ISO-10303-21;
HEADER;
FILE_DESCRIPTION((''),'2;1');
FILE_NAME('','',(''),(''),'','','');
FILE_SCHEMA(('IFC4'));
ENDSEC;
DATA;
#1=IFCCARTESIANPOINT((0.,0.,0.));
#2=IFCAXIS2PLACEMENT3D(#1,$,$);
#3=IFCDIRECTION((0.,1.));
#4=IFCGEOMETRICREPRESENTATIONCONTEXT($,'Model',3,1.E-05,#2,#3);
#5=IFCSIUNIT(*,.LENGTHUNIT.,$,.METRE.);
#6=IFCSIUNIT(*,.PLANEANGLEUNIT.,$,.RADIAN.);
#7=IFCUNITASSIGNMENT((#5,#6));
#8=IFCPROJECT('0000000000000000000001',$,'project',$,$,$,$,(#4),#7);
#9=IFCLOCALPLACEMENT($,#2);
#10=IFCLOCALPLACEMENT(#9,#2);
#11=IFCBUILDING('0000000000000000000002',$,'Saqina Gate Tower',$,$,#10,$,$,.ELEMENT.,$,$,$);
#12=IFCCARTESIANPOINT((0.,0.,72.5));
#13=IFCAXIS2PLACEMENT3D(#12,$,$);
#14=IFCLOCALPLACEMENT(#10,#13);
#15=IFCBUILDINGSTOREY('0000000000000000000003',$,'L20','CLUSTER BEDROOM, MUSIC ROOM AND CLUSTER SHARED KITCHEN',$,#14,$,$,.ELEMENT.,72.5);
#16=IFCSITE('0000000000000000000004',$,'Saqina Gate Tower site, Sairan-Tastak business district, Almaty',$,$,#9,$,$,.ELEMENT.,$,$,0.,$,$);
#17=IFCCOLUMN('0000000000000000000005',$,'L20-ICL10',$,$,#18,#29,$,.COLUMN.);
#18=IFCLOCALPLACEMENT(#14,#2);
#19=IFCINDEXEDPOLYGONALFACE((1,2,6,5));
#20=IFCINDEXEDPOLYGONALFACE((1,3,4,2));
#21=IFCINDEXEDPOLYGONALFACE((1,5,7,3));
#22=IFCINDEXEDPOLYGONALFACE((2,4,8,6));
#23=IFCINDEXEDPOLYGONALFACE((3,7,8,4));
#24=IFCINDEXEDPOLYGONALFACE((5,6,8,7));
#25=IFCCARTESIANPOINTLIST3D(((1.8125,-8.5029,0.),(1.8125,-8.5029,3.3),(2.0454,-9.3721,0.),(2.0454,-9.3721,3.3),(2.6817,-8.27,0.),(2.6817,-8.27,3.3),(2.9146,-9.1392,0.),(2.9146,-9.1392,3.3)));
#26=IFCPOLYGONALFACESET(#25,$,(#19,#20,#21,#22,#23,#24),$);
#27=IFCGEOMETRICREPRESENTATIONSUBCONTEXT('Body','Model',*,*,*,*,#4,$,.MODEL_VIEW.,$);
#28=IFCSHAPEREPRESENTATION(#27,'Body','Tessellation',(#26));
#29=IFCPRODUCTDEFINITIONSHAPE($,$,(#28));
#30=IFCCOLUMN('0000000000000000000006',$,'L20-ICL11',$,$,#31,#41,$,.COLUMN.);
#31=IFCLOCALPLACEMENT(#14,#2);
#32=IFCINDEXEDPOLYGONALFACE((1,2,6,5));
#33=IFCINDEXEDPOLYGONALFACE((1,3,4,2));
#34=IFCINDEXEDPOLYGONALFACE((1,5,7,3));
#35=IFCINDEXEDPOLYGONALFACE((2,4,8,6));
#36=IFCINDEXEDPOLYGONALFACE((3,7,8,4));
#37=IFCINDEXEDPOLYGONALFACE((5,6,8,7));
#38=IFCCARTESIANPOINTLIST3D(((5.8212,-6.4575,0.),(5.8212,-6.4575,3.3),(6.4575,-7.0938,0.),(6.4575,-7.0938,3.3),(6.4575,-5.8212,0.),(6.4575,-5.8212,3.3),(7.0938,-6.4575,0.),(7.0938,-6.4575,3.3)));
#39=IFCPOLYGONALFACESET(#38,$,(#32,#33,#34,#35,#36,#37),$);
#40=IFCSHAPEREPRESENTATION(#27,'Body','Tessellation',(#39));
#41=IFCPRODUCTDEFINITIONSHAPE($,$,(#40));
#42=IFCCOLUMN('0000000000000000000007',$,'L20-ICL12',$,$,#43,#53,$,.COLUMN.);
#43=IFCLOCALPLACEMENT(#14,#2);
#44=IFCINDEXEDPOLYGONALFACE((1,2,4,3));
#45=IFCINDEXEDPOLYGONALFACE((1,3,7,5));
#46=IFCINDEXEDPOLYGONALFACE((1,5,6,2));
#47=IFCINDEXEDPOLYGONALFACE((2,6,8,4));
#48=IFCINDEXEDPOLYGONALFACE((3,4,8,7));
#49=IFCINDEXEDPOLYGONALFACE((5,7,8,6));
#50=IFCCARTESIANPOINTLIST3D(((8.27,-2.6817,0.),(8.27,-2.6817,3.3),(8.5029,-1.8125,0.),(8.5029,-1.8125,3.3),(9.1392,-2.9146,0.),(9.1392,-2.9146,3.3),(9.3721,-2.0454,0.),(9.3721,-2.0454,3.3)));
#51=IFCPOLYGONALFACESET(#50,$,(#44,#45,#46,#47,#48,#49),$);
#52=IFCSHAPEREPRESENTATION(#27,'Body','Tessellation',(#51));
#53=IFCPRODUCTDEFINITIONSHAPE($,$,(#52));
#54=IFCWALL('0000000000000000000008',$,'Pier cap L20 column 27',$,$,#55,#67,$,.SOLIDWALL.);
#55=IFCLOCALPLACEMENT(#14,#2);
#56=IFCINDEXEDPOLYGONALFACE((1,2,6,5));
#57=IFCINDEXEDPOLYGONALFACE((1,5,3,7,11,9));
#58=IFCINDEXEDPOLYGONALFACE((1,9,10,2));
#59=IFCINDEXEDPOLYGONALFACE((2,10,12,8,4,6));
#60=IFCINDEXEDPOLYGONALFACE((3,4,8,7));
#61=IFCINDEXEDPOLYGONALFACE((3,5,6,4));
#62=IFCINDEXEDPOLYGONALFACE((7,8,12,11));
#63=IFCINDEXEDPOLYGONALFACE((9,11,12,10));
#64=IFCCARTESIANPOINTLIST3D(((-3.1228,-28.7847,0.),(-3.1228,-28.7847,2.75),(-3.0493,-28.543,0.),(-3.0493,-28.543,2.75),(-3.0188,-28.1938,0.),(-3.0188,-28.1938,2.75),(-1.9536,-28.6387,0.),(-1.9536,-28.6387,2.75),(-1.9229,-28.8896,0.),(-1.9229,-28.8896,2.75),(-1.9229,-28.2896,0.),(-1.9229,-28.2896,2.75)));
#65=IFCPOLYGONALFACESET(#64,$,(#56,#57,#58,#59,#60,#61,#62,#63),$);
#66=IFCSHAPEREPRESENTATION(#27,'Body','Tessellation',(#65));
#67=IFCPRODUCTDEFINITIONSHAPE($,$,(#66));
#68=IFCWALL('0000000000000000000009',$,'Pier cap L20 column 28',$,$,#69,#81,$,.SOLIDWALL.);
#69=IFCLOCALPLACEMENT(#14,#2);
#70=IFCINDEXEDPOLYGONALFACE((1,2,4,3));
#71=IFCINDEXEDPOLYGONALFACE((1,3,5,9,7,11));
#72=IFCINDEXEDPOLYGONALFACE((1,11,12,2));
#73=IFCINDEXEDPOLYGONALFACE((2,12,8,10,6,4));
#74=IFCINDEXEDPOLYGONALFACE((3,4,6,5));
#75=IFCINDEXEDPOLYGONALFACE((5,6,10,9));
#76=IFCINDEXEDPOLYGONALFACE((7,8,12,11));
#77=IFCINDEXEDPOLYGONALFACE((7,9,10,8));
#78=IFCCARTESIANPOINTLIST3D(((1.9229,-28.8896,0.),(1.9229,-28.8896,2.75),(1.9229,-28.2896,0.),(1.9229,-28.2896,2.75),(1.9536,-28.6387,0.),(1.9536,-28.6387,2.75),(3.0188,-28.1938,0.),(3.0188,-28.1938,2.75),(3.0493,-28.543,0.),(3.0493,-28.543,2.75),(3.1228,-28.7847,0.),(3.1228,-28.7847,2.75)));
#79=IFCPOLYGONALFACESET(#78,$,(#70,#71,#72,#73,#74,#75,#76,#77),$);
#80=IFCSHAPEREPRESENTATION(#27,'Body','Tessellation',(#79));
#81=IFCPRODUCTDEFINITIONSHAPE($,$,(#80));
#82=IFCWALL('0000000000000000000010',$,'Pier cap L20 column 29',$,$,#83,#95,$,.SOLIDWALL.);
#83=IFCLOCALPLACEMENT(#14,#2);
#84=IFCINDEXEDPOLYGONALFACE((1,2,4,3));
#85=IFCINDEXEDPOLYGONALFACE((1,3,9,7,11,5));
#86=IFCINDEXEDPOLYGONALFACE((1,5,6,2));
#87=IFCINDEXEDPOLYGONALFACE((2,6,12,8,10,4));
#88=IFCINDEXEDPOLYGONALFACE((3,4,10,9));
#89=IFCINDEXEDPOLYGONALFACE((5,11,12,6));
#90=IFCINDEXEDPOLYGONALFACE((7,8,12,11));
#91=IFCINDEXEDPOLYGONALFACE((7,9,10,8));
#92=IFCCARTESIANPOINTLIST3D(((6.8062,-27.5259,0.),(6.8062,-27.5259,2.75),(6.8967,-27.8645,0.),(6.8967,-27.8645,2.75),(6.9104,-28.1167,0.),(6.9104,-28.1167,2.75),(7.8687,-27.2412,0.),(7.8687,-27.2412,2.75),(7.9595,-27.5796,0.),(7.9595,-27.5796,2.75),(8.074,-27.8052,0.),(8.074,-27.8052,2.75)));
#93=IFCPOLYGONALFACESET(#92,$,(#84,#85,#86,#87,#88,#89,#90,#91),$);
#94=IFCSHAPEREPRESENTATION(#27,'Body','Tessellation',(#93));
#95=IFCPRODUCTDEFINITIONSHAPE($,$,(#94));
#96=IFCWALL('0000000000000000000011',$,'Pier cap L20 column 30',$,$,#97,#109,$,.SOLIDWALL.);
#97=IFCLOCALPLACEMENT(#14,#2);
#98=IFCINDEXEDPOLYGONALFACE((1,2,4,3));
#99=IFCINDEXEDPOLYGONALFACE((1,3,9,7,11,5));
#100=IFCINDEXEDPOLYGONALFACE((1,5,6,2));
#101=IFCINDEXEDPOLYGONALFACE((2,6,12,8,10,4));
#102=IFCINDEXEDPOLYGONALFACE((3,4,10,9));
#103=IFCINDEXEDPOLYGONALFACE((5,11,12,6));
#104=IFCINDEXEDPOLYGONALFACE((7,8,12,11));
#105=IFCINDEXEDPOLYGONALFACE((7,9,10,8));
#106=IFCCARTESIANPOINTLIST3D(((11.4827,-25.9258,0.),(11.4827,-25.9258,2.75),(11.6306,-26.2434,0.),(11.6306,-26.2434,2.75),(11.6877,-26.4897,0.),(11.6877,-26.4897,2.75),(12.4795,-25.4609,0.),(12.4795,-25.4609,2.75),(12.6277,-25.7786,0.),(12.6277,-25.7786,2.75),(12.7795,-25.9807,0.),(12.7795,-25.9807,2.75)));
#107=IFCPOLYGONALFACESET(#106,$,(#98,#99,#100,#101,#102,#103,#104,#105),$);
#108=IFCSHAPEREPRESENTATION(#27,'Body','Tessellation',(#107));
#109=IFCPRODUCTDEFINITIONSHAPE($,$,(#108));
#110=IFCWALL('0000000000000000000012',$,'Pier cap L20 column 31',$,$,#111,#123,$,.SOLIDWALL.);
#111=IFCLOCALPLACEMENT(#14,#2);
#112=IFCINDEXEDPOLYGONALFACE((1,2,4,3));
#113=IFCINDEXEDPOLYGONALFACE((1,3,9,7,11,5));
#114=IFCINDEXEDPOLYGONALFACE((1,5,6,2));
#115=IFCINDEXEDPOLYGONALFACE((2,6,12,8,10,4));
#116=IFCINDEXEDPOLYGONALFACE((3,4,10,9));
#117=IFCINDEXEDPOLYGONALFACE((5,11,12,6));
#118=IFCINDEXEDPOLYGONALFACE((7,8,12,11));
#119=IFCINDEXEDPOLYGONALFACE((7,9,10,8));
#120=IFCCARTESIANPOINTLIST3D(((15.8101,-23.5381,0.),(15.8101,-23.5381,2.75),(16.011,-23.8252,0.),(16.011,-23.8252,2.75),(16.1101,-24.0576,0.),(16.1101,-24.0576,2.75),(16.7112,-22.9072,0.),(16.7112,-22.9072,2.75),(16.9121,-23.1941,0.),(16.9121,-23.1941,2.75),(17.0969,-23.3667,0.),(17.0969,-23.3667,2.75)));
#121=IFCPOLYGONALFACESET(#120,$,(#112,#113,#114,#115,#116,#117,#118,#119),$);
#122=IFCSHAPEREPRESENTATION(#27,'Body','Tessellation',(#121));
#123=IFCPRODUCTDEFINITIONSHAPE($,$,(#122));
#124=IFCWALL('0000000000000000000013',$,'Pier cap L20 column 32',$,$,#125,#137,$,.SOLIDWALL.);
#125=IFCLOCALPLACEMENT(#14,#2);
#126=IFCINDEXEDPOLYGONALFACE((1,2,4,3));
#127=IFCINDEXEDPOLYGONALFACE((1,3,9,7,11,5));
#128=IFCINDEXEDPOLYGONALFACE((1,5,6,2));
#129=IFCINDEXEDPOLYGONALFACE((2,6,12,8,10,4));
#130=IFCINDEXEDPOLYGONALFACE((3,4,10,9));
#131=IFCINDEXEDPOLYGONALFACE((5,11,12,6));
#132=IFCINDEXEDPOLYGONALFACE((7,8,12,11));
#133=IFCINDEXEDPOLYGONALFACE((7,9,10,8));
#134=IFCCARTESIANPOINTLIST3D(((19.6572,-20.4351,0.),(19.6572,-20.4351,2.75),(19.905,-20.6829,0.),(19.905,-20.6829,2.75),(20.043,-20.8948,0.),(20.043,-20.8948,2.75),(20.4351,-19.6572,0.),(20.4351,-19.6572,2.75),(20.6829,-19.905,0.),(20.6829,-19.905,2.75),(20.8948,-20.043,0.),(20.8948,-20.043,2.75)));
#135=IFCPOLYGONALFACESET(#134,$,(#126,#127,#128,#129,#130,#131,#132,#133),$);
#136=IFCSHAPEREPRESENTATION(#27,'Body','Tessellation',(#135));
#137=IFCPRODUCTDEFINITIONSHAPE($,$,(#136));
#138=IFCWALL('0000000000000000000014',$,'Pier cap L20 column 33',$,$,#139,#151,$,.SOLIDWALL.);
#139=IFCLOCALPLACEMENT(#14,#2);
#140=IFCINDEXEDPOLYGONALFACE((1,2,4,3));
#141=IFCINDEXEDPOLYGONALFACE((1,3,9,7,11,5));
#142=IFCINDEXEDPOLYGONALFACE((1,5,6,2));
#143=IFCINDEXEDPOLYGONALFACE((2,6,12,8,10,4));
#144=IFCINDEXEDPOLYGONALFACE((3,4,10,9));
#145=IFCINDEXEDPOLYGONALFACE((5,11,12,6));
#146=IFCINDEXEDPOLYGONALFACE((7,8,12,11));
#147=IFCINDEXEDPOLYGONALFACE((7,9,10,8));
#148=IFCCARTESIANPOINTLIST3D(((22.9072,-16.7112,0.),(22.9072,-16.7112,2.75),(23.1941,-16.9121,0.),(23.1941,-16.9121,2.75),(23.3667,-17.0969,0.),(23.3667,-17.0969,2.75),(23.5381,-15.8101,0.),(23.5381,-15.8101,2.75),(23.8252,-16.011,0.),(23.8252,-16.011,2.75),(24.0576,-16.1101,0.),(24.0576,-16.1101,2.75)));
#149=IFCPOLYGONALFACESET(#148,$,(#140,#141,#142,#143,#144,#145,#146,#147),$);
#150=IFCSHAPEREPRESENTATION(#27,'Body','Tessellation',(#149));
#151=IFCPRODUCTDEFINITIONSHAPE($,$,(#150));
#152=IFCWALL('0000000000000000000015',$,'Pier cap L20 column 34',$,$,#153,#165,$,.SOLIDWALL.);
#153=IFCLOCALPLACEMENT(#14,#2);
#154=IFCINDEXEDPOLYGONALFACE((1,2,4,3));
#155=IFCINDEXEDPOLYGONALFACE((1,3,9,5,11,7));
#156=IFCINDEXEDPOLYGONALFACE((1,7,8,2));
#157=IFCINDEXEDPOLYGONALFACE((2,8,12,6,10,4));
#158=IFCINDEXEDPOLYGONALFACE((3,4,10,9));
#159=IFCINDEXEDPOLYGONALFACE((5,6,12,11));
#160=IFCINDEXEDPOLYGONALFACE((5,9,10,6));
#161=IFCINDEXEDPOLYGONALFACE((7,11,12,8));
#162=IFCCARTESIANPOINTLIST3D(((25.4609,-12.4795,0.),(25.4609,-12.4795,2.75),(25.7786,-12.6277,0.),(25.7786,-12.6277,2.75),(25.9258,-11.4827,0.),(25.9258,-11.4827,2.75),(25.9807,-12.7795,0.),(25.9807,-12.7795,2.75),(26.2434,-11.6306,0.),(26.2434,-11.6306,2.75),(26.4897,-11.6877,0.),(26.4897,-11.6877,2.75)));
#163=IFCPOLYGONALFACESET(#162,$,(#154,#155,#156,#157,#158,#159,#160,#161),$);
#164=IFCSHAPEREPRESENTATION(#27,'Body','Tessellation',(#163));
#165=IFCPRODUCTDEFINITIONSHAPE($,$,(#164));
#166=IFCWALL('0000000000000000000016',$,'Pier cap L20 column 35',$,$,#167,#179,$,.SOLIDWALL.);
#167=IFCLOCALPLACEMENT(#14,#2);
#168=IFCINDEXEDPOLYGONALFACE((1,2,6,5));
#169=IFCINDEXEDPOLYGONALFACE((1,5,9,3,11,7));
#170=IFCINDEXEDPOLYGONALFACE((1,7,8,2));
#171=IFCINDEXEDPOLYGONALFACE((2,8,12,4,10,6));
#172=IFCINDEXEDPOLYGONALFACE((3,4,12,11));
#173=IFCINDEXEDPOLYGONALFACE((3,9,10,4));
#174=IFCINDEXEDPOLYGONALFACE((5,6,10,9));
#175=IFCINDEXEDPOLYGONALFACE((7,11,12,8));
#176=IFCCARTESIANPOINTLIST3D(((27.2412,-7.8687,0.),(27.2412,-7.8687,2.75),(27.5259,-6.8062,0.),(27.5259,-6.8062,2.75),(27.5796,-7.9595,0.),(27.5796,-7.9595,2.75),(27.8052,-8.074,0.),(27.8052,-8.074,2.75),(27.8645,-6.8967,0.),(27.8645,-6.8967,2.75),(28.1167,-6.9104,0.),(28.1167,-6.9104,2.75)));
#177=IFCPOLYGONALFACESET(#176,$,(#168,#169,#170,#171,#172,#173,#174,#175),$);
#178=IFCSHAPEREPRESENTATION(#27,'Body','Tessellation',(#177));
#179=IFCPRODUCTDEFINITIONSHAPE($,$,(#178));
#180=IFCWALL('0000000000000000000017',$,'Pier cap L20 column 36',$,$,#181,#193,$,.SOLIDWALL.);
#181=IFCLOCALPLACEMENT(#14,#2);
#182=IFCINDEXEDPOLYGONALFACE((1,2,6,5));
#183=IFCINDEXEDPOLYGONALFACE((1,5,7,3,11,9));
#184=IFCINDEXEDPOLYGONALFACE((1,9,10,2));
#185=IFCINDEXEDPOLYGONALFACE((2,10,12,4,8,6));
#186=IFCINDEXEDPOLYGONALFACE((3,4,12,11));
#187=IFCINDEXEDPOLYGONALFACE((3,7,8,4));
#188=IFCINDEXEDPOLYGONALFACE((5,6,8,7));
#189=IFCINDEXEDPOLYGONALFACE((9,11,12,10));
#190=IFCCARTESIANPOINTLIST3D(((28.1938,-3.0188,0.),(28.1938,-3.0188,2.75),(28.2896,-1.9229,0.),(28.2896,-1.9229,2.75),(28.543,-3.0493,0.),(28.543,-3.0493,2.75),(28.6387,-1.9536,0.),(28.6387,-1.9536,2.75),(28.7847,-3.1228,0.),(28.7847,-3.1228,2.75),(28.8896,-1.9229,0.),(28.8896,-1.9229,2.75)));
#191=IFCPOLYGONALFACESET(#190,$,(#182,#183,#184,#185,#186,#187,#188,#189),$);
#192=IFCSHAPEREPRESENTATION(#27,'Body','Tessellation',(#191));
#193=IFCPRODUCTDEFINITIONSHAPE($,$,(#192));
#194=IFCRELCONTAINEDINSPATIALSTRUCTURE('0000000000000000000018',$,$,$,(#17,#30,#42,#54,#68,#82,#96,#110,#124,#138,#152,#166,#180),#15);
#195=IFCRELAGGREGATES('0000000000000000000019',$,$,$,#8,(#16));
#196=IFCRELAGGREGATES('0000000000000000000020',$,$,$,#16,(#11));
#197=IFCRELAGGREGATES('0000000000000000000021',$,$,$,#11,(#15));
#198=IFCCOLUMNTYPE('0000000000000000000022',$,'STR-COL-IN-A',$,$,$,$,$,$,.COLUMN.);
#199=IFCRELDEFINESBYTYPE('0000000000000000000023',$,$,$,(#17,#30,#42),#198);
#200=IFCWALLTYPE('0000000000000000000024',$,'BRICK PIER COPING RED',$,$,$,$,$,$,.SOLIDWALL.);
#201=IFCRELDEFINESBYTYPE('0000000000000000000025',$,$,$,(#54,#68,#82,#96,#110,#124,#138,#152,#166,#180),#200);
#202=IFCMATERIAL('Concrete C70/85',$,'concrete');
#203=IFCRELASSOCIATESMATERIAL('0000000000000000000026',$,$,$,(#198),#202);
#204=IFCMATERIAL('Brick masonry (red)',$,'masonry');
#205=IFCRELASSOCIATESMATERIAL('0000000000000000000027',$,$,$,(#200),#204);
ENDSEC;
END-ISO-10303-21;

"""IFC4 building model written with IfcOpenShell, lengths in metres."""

from ifc_helpers import new_model, si_unit, direction, frame, origin, origin_2d, place, context, subcontext, project, spatial, polyline, rectangle, outline, extrude, material, material_profile, profile_set, type_object, element, save


model = new_model("IFC4")

# Units and contexts
model_context = context("Model", 3, precision=1e-05, world=origin(), true_north=direction((0.0, 1.0)))
body_context = subcontext(model_context, "Body", "Model", "MODEL_VIEW")
ifc_project = project(units=[si_unit("LENGTHUNIT", "METRE"), si_unit("PLANEANGLEUNIT", "RADIAN")], contexts=[model_context])

# Site, building, storey
site_placement = place(None, origin())
site = spatial("IfcSite", under=ifc_project, at=site_placement, Name="Saqina Gate Tower site, Sairan-Tastak business district, Almaty", CompositionType="ELEMENT", RefElevation=0.0)
building_placement = place(site_placement, origin())
building = spatial("IfcBuilding", under=site, at=building_placement, Name="Saqina Gate Tower", CompositionType="ELEMENT")
storey_placement = place(building_placement, frame((0.0, 0.0, 72.5)))
storey = spatial("IfcBuildingStorey", under=building, at=storey_placement, Name="L20", Description="CLUSTER BEDROOM, MUSIC ROOM AND CLUSTER SHARED KITCHEN", CompositionType="ELEMENT", Elevation=72.5)

# Columns
ifc_material_1 = material(Name="Concrete C70/85", Category="concrete")
ifc_material_profile = material_profile(ifc_material_1, rectangle(XDim=0.8999, YDim=0.8999, at=origin_2d()), Name="RC 900x900")
ifc_profile_set = profile_set([ifc_material_profile], Name="Concrete C70/85")
column_type = type_object("IfcColumnType", Name="STR-COL-IN-A", PredefinedType="COLUMN", material=ifc_profile_set)
for number, where, z_axis, x_axis, name in (
    (1, (2.3635, -8.821, 0.0), (0.0, 0.0, 1.0), (0.258819, -0.965926, 0.0), "L20-ICL10"),
    (2, (6.4575, -6.4575, 0.0), (0.0, 0.0, 1.0), (0.707107, -0.707107, 0.0), "L20-ICL11"),
    (3, (8.821, -2.3635, 0.0), (0.0, 0.0, 1.0), (0.965926, -0.258819, 0.0), "L20-ICL12"),
):
    element("IfcColumn", number, at=place(storey_placement, frame(where, z_axis=z_axis, x_axis=x_axis)), inside=storey, type_object=column_type, Name=name, PredefinedType="COLUMN", context=body_context, shape_type="SweptSolid", body=[
        extrude(rectangle(XDim=0.8999, YDim=0.8999, at=origin_2d()), origin(), (0.0, 0.0, 1.0), 3.3),
    ])

# Walls
ifc_material_2 = material(Name="Brick masonry (red)", Category="masonry")
wall_type_1 = type_object("IfcWallType", Name="BRICK PIER COPING RED", PredefinedType="SOLIDWALL", material=ifc_material_2)
wall_1_placement = place(storey_placement, origin())
element("IfcWall", 4, at=wall_1_placement, inside=storey, type_object=wall_type_1, Name="Pier cap L20 column 27", PredefinedType="SOLIDWALL", context=body_context, shape_type="SweptSolid", body=[
    extrude(outline(polyline([(-3.1228, -28.7847), (-1.9229, -28.8896), (-1.9229, -28.2896), (-1.9536, -28.6387), (-3.0493, -28.543), (-3.0188, -28.1938), (-3.1228, -28.7847)])), origin(), (0.0, 0.0, 1.0), 2.75),
])
wall_2_placement = place(storey_placement, origin())
element("IfcWall", 5, at=wall_2_placement, inside=storey, type_object=wall_type_1, Name="Pier cap L20 column 28", PredefinedType="SOLIDWALL", context=body_context, shape_type="SweptSolid", body=[
    extrude(outline(polyline([(1.9229, -28.8896), (3.1228, -28.7847), (3.0188, -28.1938), (3.0493, -28.543), (1.9536, -28.6387), (1.9229, -28.2896), (1.9229, -28.8896)])), origin(), (0.0, 0.0, 1.0), 2.75),
])
wall_3_placement = place(storey_placement, origin())
element("IfcWall", 6, at=wall_3_placement, inside=storey, type_object=wall_type_1, Name="Pier cap L20 column 29", PredefinedType="SOLIDWALL", context=body_context, shape_type="SweptSolid", body=[
    extrude(outline(polyline([(6.9104, -28.1167), (8.074, -27.8052), (7.8687, -27.2412), (7.9595, -27.5796), (6.8967, -27.8645), (6.8062, -27.5259), (6.9104, -28.1167)])), origin(), (0.0, 0.0, 1.0), 2.75),
])
wall_4_placement = place(storey_placement, origin())
element("IfcWall", 7, at=wall_4_placement, inside=storey, type_object=wall_type_1, Name="Pier cap L20 column 30", PredefinedType="SOLIDWALL", context=body_context, shape_type="SweptSolid", body=[
    extrude(outline(polyline([(12.7795, -25.9807), (12.4795, -25.4609), (12.6277, -25.7786), (11.6306, -26.2434), (11.4827, -25.9258), (11.6877, -26.4897), (12.7795, -25.9807)])), origin(), (0.0, 0.0, 1.0), 2.75),
])
wall_5_placement = place(storey_placement, origin())
element("IfcWall", 8, at=wall_5_placement, inside=storey, type_object=wall_type_1, Name="Pier cap L20 column 31", PredefinedType="SOLIDWALL", context=body_context, shape_type="SweptSolid", body=[
    extrude(outline(polyline([(16.1101, -24.0576), (17.0969, -23.3667), (16.7112, -22.9072), (16.9121, -23.1941), (16.011, -23.8252), (15.8101, -23.5381), (16.1101, -24.0576)])), origin(), (0.0, 0.0, 1.0), 2.75),
])
wall_6_placement = place(storey_placement, origin())
element("IfcWall", 9, at=wall_6_placement, inside=storey, type_object=wall_type_1, Name="Pier cap L20 column 32", PredefinedType="SOLIDWALL", context=body_context, shape_type="SweptSolid", body=[
    extrude(outline(polyline([(20.8948, -20.043), (20.4351, -19.6572), (20.6829, -19.905), (19.905, -20.6829), (19.6572, -20.4351), (20.043, -20.8948), (20.8948, -20.043)])), origin(), (0.0, 0.0, 1.0), 2.75),
])
wall_7_placement = place(storey_placement, origin())
element("IfcWall", 10, at=wall_7_placement, inside=storey, type_object=wall_type_1, Name="Pier cap L20 column 33", PredefinedType="SOLIDWALL", context=body_context, shape_type="SweptSolid", body=[
    extrude(outline(polyline([(23.3667, -17.0969), (24.0576, -16.1101), (23.5381, -15.8101), (23.8252, -16.011), (23.1941, -16.9121), (22.9072, -16.7112), (23.3667, -17.0969)])), origin(), (0.0, 0.0, 1.0), 2.75),
])
wall_8_placement = place(storey_placement, origin())
element("IfcWall", 11, at=wall_8_placement, inside=storey, type_object=wall_type_1, Name="Pier cap L20 column 34", PredefinedType="SOLIDWALL", context=body_context, shape_type="SweptSolid", body=[
    extrude(outline(polyline([(26.4897, -11.6877), (25.9258, -11.4827), (26.2434, -11.6306), (25.7786, -12.6277), (25.4609, -12.4795), (25.9807, -12.7795), (26.4897, -11.6877)])), origin(), (0.0, 0.0, 1.0), 2.75),
])
wall_9_placement = place(storey_placement, origin())
element("IfcWall", 12, at=wall_9_placement, inside=storey, type_object=wall_type_1, Name="Pier cap L20 column 35", PredefinedType="SOLIDWALL", context=body_context, shape_type="SweptSolid", body=[
    extrude(outline(polyline([(28.1167, -6.9104), (27.5259, -6.8062), (27.8645, -6.8967), (27.5796, -7.9595), (27.2412, -7.8687), (27.8052, -8.074), (28.1167, -6.9104)])), origin(), (0.0, 0.0, 1.0), 2.75),
])
wall_10_placement = place(storey_placement, origin())
element("IfcWall", 13, at=wall_10_placement, inside=storey, type_object=wall_type_1, Name="Pier cap L20 column 36", PredefinedType="SOLIDWALL", context=body_context, shape_type="SweptSolid", body=[
    extrude(outline(polyline([(28.7847, -3.1228), (28.8896, -1.9229), (28.2896, -1.9229), (28.6387, -1.9536), (28.543, -3.0493), (28.1938, -3.0188), (28.7847, -3.1228)])), origin(), (0.0, 0.0, 1.0), 2.75),
])

save(model, "model.ifc")
